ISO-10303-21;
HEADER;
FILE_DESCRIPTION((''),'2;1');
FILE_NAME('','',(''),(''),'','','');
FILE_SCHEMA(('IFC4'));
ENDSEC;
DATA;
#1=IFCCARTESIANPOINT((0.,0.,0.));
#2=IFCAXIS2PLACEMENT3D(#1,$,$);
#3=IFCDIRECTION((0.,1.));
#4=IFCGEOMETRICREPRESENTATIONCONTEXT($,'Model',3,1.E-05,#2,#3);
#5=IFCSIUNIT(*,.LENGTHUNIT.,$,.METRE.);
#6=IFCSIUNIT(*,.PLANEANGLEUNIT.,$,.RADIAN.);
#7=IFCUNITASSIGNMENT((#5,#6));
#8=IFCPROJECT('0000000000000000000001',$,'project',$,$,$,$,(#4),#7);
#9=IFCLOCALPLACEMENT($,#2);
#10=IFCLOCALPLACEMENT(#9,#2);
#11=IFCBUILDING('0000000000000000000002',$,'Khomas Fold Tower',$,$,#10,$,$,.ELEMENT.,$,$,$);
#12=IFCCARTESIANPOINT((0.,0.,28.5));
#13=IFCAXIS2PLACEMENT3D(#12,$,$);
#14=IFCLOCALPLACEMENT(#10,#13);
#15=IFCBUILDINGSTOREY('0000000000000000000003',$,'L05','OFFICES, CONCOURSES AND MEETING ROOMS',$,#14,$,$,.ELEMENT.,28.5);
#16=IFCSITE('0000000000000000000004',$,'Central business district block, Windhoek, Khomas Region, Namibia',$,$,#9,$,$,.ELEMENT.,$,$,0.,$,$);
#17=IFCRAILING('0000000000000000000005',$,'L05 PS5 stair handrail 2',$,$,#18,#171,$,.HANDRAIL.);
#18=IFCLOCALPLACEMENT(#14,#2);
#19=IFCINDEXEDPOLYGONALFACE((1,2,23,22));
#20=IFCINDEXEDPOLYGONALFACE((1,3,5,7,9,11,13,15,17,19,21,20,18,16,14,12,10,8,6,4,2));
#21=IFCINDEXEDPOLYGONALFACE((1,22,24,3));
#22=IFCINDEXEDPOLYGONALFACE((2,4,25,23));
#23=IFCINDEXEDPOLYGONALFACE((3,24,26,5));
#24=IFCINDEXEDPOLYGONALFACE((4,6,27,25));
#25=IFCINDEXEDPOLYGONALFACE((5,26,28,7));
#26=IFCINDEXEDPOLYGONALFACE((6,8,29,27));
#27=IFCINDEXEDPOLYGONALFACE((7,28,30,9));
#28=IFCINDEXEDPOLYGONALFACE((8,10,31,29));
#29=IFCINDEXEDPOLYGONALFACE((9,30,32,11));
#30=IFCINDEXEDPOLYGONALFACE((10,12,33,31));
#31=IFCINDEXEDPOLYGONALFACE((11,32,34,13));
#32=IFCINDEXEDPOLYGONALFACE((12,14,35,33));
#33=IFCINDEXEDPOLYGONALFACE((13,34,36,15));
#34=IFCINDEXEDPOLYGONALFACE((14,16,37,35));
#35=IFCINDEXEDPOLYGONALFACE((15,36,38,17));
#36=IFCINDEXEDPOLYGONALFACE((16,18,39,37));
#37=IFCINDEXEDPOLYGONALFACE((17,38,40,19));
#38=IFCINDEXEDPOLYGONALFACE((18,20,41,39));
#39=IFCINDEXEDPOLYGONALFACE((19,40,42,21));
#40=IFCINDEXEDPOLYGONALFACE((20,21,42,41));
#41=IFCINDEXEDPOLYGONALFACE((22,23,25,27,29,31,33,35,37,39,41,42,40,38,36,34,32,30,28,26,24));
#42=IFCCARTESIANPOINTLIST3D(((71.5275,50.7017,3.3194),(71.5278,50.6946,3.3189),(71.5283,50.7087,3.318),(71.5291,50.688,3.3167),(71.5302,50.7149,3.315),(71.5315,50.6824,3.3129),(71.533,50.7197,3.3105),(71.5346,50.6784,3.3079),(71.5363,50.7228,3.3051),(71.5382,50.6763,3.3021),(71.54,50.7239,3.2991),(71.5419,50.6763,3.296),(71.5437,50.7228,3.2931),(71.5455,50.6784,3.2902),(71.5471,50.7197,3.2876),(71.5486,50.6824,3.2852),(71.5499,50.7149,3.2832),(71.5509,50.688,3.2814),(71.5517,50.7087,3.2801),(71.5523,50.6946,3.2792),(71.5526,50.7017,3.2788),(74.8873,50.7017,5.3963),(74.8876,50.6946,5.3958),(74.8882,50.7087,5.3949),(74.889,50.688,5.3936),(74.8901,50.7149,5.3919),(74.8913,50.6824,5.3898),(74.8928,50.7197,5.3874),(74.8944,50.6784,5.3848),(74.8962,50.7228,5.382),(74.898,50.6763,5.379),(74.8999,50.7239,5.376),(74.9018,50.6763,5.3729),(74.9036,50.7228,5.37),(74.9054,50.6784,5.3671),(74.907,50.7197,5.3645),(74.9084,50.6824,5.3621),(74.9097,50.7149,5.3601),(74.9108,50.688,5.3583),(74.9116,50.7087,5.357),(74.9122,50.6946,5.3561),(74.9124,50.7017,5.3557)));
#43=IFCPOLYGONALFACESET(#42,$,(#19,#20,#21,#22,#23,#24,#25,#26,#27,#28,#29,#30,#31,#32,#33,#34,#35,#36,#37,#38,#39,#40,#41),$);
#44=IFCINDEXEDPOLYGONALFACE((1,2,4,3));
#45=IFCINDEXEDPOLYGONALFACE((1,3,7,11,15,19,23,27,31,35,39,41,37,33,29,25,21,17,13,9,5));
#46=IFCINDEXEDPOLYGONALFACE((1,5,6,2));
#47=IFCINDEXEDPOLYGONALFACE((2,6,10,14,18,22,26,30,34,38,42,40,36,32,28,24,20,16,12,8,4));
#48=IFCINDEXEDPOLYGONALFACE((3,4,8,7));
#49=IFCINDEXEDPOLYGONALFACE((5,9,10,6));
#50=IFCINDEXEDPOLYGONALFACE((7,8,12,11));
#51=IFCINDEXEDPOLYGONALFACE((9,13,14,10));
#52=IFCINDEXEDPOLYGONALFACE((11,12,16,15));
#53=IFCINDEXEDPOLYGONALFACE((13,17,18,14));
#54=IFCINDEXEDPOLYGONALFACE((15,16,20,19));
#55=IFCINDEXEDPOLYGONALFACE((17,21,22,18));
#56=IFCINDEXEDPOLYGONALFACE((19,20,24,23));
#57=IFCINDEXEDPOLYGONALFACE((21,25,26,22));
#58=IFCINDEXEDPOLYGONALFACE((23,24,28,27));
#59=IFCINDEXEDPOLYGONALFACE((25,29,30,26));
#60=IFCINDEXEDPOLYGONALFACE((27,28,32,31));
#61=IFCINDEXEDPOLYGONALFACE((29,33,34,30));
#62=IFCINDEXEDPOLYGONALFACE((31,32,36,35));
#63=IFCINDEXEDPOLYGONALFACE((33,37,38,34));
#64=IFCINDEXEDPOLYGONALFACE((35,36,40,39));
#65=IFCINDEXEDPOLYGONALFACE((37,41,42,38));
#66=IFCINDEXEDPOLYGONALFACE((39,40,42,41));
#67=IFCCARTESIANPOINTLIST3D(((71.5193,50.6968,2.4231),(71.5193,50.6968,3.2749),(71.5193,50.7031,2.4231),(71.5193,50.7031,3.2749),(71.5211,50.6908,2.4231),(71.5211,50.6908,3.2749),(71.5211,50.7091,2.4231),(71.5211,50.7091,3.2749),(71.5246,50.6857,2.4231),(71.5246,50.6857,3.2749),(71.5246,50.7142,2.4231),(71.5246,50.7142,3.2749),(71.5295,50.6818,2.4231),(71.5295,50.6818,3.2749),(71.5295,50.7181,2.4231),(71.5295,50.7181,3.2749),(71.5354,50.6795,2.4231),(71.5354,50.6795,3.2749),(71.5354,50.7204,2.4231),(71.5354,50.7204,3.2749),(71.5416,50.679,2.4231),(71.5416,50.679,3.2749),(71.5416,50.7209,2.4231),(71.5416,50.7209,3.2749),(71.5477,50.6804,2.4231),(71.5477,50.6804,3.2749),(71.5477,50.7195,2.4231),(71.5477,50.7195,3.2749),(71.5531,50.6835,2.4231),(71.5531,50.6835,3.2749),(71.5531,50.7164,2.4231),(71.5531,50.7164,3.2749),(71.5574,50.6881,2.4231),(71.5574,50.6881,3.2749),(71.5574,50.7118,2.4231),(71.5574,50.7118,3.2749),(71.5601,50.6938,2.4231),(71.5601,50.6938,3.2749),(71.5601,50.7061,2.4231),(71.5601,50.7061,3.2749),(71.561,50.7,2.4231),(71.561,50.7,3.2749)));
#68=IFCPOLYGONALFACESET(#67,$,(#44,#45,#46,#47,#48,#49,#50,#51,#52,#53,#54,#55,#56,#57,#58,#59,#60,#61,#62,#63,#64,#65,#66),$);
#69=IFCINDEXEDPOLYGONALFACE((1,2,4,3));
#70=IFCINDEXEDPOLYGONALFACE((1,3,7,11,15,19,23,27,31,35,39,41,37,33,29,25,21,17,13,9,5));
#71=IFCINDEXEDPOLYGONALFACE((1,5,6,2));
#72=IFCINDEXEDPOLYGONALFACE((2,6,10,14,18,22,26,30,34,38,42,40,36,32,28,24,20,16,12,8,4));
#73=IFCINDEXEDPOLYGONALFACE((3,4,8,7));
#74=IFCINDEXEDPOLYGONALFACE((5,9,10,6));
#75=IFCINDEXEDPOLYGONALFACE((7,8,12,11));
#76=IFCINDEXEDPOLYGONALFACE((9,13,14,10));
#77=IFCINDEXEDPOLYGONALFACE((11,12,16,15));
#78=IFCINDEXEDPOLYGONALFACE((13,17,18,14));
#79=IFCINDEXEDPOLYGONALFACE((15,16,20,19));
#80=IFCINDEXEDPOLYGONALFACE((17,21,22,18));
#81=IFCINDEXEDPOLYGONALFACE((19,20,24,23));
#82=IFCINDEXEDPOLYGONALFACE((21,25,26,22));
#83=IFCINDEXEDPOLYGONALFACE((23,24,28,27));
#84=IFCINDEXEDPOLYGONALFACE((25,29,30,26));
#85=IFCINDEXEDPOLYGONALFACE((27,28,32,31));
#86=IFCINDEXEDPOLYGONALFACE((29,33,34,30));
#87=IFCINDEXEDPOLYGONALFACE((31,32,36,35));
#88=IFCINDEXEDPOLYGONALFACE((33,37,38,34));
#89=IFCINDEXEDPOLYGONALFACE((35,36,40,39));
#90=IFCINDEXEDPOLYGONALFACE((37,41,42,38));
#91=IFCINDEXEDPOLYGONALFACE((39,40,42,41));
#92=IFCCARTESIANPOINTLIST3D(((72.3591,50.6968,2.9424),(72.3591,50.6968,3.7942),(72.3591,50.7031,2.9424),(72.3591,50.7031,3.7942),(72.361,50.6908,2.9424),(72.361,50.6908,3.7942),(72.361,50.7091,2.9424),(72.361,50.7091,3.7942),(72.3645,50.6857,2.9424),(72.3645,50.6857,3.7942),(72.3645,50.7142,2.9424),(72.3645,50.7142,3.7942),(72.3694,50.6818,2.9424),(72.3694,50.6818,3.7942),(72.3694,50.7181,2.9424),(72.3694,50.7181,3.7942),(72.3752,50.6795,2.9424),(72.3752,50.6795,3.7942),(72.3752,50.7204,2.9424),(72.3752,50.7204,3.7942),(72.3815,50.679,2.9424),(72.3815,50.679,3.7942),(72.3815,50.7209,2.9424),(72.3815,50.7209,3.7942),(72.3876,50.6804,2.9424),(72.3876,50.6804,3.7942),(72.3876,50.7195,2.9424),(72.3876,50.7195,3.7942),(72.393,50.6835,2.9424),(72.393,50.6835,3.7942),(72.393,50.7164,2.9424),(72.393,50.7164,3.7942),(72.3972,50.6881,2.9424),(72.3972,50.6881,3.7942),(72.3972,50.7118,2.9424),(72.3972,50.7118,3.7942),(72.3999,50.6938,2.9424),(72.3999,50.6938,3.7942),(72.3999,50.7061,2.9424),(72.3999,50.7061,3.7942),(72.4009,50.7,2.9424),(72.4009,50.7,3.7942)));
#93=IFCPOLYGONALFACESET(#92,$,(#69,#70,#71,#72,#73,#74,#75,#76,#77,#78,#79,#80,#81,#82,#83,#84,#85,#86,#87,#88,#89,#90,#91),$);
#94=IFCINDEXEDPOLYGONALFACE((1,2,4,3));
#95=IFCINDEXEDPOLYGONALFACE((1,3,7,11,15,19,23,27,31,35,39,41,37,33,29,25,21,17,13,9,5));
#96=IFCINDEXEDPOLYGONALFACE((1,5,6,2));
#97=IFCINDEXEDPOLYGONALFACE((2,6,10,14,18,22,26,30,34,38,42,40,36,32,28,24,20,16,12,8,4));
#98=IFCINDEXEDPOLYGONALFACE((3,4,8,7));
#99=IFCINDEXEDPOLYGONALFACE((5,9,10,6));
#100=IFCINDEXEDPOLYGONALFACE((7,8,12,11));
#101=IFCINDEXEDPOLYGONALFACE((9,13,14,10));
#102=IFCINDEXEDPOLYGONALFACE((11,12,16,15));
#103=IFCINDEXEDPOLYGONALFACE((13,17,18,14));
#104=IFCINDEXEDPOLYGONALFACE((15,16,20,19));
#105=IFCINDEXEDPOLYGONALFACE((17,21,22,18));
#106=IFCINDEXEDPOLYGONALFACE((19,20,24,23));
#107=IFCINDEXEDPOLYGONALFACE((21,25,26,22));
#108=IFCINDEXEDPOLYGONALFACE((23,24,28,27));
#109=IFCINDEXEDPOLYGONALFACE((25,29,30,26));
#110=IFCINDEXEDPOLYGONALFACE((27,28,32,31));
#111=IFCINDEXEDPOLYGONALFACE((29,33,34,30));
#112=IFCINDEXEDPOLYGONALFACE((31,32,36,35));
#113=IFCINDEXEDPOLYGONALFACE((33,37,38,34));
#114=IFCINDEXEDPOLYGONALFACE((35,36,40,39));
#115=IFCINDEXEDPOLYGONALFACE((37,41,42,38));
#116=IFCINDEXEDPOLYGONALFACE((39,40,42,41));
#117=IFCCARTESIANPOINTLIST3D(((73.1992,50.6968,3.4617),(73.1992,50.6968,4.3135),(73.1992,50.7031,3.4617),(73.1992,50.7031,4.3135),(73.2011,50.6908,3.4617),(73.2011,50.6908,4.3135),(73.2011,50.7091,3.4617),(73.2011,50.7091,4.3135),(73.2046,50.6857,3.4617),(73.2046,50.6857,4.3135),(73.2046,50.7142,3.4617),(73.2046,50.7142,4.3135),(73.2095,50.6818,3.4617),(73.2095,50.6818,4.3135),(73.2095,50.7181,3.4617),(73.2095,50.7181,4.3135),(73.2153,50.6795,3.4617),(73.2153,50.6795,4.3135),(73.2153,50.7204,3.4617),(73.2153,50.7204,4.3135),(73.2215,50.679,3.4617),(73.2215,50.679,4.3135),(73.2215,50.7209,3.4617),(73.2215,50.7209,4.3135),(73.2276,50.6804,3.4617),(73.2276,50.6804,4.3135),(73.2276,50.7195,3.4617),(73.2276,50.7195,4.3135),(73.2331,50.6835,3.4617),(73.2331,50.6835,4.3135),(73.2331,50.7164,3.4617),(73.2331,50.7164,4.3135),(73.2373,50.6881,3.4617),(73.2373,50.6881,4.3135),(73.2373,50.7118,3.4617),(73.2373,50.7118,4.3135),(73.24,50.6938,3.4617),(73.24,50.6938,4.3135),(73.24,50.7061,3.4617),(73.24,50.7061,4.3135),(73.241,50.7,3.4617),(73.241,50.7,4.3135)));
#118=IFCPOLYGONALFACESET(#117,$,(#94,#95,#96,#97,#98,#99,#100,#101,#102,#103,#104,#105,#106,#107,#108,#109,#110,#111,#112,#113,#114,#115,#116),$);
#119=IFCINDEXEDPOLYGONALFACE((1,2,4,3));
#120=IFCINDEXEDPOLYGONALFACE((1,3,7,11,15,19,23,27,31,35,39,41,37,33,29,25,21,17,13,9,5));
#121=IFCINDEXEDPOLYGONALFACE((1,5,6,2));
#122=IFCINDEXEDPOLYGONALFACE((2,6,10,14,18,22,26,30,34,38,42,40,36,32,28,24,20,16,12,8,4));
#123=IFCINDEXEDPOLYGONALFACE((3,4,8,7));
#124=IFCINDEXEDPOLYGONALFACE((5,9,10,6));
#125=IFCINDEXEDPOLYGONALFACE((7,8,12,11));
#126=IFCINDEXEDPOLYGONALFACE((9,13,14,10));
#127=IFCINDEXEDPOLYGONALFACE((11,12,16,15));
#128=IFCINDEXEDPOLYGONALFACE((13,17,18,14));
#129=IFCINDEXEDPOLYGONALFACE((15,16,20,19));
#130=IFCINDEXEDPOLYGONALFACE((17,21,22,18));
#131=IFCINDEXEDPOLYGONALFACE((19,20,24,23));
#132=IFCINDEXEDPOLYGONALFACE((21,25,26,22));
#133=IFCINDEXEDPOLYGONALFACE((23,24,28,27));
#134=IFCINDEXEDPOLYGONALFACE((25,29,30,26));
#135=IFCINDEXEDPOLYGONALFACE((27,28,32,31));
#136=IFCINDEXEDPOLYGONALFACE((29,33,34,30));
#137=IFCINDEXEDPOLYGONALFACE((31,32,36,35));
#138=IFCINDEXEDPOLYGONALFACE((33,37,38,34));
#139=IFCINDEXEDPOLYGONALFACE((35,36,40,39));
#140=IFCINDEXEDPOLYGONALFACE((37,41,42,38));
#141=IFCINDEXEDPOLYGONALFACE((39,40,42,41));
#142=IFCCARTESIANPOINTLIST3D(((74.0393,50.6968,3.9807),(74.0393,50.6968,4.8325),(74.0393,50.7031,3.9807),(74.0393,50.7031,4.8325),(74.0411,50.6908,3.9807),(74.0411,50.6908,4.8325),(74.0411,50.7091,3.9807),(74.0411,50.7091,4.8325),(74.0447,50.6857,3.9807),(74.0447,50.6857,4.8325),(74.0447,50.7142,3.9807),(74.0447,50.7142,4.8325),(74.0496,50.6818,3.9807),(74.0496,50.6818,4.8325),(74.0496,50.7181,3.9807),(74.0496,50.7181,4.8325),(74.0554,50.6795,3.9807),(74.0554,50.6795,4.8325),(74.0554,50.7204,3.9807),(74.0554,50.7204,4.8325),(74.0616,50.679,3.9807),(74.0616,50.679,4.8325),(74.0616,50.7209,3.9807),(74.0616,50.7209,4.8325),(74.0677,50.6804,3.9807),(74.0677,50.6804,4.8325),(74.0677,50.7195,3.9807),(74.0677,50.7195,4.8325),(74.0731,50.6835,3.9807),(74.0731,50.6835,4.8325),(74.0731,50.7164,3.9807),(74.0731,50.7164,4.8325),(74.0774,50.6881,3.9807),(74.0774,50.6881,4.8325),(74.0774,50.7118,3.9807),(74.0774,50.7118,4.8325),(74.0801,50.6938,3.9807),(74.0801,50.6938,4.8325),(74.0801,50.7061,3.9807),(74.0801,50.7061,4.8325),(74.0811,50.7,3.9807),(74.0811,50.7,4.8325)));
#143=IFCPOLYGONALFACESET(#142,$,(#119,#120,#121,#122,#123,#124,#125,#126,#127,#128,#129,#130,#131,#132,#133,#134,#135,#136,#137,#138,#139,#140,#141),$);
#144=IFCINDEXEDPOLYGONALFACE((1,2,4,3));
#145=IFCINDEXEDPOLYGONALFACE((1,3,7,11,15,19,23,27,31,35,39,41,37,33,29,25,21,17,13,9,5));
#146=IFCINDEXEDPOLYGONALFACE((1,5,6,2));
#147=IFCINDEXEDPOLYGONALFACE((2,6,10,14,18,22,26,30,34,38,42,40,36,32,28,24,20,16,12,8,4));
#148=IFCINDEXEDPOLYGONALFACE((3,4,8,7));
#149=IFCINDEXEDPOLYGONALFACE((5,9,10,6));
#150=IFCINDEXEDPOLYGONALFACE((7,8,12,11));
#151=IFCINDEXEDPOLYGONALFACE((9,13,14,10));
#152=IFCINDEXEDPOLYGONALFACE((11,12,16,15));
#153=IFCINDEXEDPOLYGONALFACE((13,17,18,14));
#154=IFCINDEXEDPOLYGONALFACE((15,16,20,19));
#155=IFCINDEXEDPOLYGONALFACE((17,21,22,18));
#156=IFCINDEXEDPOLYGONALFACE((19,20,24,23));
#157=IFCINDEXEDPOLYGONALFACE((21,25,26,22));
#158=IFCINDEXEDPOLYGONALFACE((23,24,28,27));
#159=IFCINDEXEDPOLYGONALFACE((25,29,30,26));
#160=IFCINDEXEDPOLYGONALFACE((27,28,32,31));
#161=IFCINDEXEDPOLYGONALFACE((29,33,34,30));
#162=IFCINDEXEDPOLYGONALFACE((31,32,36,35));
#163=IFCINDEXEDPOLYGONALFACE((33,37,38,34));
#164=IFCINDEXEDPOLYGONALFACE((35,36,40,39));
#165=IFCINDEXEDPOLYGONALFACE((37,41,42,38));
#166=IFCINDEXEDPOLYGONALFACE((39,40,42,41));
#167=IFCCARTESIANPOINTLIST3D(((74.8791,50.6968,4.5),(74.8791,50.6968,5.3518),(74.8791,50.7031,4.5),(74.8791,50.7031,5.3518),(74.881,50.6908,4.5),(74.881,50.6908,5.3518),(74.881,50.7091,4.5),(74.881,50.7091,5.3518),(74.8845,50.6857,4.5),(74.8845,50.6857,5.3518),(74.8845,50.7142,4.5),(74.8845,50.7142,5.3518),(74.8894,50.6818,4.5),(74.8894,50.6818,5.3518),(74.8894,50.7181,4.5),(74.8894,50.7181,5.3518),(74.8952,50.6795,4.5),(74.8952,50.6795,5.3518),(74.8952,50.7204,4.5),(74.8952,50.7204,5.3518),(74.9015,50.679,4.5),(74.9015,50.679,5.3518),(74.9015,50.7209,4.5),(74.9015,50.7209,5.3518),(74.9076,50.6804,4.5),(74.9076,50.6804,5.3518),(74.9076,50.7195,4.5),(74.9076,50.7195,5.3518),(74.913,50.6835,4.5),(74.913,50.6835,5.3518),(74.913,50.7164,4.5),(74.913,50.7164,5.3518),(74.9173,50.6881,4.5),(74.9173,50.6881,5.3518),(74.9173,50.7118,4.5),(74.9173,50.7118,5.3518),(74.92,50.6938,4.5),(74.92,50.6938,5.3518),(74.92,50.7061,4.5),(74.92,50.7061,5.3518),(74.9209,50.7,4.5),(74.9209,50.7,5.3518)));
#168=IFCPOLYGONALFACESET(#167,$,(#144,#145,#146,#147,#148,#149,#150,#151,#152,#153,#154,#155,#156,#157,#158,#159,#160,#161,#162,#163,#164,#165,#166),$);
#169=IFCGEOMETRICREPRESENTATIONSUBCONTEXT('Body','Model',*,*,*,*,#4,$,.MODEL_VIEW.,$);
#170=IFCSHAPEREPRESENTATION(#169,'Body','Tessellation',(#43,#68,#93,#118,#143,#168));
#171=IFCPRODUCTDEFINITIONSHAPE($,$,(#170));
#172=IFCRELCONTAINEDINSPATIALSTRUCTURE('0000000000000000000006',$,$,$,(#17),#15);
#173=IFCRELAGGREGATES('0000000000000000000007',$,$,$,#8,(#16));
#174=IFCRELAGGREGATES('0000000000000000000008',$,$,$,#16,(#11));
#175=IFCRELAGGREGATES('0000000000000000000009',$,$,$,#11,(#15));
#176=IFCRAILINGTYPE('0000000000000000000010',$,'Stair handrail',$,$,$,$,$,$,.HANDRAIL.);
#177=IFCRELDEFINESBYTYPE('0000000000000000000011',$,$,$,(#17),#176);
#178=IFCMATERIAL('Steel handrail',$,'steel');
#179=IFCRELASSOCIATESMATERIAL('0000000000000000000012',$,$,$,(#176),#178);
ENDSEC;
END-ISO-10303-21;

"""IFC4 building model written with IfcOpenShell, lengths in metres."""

from ifc_helpers import new_model, si_unit, direction, frame, origin, origin_2d, place, context, subcontext, project, spatial, circle, extrude, source, transform, mapped, material, type_object, element, save


model = new_model("IFC4")

# Units and contexts
model_context = context("Model", 3, precision=1e-05, world=origin(), true_north=direction((0.0, 1.0)))
body_context = subcontext(model_context, "Body", "Model", "MODEL_VIEW")
ifc_project = project(units=[si_unit("LENGTHUNIT", "METRE"), si_unit("PLANEANGLEUNIT", "RADIAN")], contexts=[model_context])

# Site, building, storey
site_placement = place(None, origin())
site = spatial("IfcSite", under=ifc_project, at=site_placement, Name="Central business district block, Windhoek, Khomas Region, Namibia", CompositionType="ELEMENT", RefElevation=0.0)
building_placement = place(site_placement, origin())
building = spatial("IfcBuilding", under=site, at=building_placement, Name="Khomas Fold Tower", CompositionType="ELEMENT")
storey_placement = place(building_placement, frame((0.0, 0.0, 28.5)))
storey = spatial("IfcBuildingStorey", under=building, at=storey_placement, Name="L05", Description="OFFICES, CONCOURSES AND MEETING ROOMS", CompositionType="ELEMENT", Elevation=28.5)

# Railing
ifc_material_1 = material(Name="Steel handrail", Category="steel")
railing_type_1 = type_object("IfcRailingType", Name="Stair handrail", PredefinedType="HANDRAIL", material=ifc_material_1)
shared_shape_1 = source(origin(), body_context, "Body", "SweptSolid", [
    extrude(circle(Radius=0.0239, at=origin_2d()), frame((0.0, 0.0, 0.876), z_axis=(0.850606, 0.0, 0.525803), x_axis=(0.0, 1.0, 0.0)), (0.0, 0.0, 1.0), 3.95),
    extrude(circle(Radius=0.021, at=origin_2d()), origin(), (0.0, 0.0, 1.0), 0.8518),
    extrude(circle(Radius=0.021, at=origin_2d()), frame((0.8398, 0.0, 0.5193)), (0.0, 0.0, 1.0), 0.8518),
    extrude(circle(Radius=0.021, at=origin_2d()), frame((1.6799, 0.0, 1.0386)), (0.0, 0.0, 1.0), 0.8518),
    extrude(circle(Radius=0.021, at=origin_2d()), frame((2.52, 0.0, 1.5576)), (0.0, 0.0, 1.0), 0.8518),
    extrude(circle(Radius=0.021, at=origin_2d()), frame((3.3599, 0.0, 2.0769)), (0.0, 0.0, 1.0), 0.8518),
])
railing_1_placement = place(storey_placement, frame((71.54, 50.7, 2.4231)))
element("IfcRailing", 1, at=railing_1_placement, inside=storey, type_object=railing_type_1, Name="L05 PS5 stair handrail 2", PredefinedType="HANDRAIL", context=body_context, shape_type="MappedRepresentation", body=[
    mapped(shared_shape_1, transform((0.0, 0.0, 0.0))),
])

save(model, "model.ifc")
